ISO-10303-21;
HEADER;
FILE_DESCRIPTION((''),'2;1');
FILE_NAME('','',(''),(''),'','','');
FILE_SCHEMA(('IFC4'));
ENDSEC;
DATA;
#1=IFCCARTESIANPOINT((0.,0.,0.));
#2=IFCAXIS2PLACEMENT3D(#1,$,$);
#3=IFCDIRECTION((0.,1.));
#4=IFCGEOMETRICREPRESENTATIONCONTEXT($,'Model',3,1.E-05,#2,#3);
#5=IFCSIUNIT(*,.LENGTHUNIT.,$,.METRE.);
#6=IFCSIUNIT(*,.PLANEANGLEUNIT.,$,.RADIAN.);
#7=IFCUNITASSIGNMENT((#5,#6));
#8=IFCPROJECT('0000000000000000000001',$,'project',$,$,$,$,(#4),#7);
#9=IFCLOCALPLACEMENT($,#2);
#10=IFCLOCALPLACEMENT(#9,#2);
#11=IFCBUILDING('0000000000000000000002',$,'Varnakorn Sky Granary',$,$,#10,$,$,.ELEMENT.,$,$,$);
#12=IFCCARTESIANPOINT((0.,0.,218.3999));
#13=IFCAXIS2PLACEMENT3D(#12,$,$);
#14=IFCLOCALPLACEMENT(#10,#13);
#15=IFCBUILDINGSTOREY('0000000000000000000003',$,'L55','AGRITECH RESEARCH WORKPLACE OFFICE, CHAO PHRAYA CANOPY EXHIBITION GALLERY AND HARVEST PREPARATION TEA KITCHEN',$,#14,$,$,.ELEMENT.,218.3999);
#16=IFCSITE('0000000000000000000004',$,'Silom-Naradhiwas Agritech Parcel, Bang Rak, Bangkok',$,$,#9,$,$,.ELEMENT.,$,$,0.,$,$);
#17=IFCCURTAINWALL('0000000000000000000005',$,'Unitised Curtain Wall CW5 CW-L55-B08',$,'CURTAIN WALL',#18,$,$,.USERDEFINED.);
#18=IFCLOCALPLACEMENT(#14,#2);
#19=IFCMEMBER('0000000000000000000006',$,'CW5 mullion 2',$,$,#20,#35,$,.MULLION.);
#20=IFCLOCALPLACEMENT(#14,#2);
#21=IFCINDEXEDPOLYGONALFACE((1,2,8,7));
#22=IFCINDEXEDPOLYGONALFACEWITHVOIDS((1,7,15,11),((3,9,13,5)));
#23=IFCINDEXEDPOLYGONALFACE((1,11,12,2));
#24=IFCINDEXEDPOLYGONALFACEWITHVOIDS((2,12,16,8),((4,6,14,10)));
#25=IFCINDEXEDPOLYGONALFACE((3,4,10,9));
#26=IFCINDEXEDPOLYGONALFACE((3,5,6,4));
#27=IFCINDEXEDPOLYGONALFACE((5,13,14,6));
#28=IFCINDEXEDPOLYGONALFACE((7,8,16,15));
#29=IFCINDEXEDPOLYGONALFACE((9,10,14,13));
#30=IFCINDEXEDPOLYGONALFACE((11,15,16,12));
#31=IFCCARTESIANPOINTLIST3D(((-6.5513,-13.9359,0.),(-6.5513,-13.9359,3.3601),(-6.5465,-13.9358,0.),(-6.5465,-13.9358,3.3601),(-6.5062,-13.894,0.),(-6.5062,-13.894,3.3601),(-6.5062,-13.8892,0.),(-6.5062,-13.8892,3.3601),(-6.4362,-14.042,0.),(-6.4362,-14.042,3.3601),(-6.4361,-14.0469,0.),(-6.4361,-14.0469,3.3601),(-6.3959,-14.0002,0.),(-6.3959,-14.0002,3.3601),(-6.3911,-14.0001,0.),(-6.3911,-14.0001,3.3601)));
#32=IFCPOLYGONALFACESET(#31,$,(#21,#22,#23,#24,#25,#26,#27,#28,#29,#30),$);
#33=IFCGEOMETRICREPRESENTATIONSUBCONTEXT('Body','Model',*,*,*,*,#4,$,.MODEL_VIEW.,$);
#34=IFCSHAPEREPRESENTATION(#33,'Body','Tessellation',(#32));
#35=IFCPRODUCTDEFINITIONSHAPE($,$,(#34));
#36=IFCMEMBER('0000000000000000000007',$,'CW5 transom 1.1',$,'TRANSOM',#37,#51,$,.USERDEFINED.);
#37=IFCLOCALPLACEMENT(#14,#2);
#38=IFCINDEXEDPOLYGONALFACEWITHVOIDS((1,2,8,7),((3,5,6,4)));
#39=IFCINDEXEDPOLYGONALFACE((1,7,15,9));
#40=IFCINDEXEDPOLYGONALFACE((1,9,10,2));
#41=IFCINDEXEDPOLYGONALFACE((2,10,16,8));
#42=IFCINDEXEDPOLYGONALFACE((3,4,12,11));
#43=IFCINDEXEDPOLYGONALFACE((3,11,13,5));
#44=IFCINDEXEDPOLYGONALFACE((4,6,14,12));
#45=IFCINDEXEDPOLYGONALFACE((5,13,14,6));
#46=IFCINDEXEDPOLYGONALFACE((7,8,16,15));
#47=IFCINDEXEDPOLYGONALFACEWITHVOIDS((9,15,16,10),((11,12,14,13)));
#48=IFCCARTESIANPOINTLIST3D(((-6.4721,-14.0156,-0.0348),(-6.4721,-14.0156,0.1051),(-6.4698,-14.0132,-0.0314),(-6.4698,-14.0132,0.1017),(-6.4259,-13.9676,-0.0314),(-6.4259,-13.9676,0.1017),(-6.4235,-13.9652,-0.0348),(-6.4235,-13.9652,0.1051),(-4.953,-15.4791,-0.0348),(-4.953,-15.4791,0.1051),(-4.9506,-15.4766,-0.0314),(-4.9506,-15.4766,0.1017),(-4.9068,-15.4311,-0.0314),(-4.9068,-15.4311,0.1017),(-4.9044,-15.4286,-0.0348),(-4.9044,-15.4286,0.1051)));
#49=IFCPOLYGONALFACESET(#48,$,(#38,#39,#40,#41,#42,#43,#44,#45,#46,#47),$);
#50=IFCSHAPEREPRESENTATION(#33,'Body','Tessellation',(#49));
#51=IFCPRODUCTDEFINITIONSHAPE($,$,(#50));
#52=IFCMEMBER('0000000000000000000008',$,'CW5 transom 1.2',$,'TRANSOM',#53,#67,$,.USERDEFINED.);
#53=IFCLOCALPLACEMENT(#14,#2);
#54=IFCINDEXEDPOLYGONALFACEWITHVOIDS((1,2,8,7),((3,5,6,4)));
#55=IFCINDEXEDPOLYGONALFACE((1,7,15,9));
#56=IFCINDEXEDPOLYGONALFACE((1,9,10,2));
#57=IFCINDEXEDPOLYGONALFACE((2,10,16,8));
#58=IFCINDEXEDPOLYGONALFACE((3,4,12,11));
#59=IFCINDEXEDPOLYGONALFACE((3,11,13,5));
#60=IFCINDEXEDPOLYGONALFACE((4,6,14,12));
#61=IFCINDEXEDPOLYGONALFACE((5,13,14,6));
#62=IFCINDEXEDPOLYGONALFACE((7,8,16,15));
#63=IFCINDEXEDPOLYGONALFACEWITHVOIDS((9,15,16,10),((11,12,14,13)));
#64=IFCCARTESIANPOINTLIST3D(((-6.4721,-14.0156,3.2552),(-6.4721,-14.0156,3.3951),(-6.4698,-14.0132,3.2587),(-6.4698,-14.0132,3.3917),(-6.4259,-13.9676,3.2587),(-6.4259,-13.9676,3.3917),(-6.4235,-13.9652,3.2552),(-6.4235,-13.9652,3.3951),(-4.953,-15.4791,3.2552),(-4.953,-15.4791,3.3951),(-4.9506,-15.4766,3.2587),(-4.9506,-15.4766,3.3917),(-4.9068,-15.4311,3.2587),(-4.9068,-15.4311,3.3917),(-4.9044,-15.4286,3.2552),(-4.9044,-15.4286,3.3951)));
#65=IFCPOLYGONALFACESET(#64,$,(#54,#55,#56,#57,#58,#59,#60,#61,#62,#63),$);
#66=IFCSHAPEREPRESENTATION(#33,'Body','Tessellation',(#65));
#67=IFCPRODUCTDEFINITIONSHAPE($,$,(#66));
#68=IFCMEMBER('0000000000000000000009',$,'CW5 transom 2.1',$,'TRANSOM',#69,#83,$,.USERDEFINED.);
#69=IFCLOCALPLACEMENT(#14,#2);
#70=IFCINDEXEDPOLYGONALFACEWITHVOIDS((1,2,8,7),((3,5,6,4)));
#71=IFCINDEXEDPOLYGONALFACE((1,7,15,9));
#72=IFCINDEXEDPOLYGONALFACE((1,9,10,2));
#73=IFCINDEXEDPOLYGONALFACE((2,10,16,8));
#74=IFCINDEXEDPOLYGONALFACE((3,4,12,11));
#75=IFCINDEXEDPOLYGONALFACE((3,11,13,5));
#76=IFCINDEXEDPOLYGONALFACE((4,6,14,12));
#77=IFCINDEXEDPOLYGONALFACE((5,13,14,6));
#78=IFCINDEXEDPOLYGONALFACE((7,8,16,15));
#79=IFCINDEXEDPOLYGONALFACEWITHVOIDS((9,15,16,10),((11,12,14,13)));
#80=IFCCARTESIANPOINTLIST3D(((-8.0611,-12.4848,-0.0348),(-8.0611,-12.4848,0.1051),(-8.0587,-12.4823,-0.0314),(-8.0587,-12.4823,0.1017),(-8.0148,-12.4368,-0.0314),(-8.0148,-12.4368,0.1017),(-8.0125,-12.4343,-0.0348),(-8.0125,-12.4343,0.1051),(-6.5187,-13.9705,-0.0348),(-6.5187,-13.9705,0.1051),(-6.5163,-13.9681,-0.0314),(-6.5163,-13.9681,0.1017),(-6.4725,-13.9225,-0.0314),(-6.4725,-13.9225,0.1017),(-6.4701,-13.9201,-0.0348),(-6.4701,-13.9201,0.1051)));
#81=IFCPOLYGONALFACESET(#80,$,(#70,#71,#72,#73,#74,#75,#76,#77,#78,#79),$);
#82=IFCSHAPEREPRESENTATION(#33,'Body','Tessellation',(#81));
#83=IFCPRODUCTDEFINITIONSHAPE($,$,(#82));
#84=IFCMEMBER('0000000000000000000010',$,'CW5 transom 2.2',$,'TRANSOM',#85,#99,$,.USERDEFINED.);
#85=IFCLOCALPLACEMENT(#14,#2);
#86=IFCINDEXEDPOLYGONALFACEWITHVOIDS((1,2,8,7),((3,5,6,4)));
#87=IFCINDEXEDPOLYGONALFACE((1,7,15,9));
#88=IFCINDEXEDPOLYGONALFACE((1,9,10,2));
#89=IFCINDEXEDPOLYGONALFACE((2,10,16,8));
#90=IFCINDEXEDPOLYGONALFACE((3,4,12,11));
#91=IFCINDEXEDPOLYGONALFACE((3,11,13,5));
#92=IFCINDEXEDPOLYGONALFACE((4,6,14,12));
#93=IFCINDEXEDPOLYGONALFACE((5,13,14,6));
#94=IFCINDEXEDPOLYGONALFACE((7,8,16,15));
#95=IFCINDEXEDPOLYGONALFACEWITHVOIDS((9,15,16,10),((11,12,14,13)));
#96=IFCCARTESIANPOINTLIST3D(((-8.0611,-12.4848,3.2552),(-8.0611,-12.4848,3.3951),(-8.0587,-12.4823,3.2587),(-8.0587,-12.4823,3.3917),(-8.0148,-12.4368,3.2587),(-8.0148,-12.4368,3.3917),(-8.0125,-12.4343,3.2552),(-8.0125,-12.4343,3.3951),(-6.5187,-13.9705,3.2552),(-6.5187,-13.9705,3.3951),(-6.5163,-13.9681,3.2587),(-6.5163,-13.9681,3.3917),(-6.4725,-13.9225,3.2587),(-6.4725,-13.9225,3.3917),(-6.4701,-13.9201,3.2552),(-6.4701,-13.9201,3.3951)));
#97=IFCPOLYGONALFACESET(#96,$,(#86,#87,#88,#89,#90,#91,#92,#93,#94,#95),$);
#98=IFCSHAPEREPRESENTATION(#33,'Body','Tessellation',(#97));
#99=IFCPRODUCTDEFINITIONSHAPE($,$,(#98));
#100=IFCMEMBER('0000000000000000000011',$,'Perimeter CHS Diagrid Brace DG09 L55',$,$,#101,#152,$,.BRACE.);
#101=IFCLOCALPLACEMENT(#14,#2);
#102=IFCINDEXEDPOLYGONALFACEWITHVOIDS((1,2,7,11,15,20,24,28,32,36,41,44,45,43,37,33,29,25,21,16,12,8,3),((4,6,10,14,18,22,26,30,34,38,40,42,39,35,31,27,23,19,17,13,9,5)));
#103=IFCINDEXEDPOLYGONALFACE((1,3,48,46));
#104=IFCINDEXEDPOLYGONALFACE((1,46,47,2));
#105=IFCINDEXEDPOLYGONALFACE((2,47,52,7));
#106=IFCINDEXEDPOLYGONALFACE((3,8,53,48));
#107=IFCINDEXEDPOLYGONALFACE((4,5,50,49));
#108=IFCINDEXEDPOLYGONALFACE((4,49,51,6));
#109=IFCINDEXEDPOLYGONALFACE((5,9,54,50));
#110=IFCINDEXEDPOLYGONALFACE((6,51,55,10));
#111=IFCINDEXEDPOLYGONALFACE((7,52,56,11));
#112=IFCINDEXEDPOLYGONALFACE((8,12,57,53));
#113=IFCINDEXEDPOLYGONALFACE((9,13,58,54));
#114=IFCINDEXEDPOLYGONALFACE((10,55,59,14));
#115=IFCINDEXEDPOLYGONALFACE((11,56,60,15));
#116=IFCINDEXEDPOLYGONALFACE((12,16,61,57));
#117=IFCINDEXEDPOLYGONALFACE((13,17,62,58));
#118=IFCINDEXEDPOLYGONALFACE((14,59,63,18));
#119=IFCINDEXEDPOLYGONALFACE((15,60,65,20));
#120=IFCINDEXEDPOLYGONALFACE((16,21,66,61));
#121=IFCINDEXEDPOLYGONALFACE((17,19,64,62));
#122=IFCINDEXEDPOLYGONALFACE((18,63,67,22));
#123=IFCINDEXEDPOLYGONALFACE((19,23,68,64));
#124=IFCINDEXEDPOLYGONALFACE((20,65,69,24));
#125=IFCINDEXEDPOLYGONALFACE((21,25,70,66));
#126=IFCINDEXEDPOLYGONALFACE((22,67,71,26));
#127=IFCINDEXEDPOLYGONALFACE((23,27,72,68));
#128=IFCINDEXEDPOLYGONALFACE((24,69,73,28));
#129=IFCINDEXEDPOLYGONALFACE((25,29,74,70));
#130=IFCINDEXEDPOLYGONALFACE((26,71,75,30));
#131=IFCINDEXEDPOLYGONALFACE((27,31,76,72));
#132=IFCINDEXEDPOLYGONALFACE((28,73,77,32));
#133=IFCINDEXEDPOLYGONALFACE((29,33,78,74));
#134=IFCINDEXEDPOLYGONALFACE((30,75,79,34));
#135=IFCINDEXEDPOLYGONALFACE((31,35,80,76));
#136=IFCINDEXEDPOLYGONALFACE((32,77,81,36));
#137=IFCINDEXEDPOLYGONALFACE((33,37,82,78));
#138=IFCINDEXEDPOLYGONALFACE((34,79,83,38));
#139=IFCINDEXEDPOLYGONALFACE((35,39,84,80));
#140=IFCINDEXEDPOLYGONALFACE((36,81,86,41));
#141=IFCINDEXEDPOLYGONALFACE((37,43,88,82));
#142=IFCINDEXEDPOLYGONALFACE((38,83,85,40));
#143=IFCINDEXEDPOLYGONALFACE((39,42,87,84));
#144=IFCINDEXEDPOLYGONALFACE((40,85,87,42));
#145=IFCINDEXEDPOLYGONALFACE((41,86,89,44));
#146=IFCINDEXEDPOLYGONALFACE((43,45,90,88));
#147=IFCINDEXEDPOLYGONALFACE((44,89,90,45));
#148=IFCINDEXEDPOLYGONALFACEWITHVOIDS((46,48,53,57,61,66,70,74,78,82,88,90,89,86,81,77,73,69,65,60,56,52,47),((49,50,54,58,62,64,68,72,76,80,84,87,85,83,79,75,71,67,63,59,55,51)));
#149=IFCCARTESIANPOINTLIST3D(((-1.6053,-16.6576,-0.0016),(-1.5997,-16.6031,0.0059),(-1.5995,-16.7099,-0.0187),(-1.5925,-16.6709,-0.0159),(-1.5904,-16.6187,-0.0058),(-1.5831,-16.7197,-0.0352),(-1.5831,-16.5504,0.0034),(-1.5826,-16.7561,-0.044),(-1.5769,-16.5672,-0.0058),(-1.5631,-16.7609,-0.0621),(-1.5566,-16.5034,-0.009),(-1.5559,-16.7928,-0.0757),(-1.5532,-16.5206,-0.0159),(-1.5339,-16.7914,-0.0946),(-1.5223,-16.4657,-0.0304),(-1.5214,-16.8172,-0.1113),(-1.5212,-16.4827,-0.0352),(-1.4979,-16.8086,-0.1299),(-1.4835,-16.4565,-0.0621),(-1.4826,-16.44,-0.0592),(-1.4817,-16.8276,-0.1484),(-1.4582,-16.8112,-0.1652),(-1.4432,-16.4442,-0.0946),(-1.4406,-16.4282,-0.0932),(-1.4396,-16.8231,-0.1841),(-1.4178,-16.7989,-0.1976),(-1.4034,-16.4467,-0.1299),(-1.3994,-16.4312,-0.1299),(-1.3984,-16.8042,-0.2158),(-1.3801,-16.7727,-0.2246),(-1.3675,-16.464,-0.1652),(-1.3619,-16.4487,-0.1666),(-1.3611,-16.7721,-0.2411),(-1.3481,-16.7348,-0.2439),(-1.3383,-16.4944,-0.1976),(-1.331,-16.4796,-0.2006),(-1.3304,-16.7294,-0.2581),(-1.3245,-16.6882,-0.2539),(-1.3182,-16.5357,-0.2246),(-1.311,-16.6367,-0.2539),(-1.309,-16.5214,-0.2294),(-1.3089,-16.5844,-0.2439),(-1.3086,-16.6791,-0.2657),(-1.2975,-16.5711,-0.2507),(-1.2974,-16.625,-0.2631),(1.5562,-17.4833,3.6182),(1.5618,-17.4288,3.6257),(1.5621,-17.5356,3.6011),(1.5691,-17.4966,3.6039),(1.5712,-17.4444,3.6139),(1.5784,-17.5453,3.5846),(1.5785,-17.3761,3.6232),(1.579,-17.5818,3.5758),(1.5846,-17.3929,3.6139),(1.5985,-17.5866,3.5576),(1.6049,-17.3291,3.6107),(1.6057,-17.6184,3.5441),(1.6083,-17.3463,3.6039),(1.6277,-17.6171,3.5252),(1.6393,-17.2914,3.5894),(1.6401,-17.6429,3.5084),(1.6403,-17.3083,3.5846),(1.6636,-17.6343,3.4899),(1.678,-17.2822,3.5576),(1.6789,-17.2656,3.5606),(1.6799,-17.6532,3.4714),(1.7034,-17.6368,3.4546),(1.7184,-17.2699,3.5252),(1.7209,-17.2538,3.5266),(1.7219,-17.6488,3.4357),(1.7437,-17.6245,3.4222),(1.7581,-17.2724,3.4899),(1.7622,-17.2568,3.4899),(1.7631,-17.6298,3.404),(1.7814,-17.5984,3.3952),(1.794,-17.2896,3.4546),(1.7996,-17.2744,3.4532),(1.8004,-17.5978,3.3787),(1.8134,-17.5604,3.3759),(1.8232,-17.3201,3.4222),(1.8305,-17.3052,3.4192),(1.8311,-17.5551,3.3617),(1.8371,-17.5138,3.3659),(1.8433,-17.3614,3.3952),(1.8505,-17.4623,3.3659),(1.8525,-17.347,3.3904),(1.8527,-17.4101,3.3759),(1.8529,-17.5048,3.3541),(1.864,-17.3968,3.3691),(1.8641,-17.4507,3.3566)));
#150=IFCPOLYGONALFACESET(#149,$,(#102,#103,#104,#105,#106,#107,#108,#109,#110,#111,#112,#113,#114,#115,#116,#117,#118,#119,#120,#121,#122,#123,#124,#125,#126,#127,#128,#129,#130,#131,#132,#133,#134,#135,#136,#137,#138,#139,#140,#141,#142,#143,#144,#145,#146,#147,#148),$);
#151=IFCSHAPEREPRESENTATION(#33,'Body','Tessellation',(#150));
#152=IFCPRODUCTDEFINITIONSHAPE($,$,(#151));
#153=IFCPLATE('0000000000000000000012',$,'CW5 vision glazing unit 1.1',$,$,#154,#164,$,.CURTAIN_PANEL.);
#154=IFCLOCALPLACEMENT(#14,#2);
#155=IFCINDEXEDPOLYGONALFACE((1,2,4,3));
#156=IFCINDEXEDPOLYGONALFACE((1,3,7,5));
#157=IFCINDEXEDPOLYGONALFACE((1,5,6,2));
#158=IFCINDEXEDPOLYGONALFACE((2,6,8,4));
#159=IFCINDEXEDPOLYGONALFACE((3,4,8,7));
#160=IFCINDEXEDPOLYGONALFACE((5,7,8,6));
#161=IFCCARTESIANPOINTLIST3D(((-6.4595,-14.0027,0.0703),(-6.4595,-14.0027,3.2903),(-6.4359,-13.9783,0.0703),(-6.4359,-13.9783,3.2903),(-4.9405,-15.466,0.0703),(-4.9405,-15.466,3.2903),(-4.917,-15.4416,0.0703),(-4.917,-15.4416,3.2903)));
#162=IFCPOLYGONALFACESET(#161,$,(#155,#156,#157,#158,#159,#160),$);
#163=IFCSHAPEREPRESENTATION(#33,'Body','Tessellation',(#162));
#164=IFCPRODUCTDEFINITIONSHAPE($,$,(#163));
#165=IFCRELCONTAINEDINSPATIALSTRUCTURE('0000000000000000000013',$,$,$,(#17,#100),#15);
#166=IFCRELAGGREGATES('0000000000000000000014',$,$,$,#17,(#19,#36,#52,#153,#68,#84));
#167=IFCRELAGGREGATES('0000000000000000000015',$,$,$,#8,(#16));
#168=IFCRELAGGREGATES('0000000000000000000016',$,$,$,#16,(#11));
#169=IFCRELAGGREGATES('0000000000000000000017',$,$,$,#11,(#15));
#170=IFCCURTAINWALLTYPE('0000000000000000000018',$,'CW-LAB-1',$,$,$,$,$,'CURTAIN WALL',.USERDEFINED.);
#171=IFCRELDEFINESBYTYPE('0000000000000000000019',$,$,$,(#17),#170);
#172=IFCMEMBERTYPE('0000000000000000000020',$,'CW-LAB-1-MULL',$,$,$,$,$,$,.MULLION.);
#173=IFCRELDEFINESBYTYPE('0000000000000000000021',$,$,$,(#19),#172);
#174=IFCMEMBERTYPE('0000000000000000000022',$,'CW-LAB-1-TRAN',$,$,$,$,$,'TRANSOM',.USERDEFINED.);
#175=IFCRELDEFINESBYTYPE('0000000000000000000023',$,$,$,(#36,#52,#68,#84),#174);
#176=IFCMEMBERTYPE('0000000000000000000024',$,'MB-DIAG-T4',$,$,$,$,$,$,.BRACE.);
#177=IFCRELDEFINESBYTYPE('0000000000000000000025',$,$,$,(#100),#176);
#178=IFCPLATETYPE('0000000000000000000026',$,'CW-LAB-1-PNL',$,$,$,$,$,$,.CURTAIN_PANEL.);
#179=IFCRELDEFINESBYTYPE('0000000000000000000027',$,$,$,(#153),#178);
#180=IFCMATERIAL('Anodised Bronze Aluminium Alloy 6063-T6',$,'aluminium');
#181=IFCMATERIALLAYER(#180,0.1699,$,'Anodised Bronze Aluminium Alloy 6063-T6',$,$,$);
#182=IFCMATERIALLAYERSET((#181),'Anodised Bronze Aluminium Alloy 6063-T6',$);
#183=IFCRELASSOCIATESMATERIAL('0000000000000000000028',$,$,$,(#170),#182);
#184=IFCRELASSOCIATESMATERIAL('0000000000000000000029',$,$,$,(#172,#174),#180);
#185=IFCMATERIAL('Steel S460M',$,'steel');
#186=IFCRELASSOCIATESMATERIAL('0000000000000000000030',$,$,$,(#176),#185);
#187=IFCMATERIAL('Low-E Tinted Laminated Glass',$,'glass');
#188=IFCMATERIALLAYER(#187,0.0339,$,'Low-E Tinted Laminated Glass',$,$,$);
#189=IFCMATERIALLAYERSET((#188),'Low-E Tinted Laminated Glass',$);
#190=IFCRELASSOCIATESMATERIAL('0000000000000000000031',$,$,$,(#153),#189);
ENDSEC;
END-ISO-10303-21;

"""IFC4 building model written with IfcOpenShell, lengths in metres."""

from ifc_helpers import new_model, si_unit, direction, frame, origin, origin_2d, place, context, subcontext, project, spatial, rectangle, hollow_rectangle, hollow_circle, extrude, source, transform, mapped, material, layer, layer_set, material_profile, profile_set, type_object, type_shapes, element, aggregate, save


model = new_model("IFC4")

# Units and contexts
model_context = context("Model", 3, precision=1e-05, world=origin(), true_north=direction((0.0, 1.0)))
body_context = subcontext(model_context, "Body", "Model", "MODEL_VIEW")
ifc_project = project(units=[si_unit("LENGTHUNIT", "METRE"), si_unit("PLANEANGLEUNIT", "RADIAN")], contexts=[model_context])

# Site, building, storey
site_placement = place(None, origin())
site = spatial("IfcSite", under=ifc_project, at=site_placement, Name="Silom-Naradhiwas Agritech Parcel, Bang Rak, Bangkok", CompositionType="ELEMENT", RefElevation=0.0)
building_placement = place(site_placement, origin())
building = spatial("IfcBuilding", under=site, at=building_placement, Name="Varnakorn Sky Granary", CompositionType="ELEMENT")
storey_placement = place(building_placement, frame((0.0, 0.0, 218.3999)))
storey = spatial("IfcBuildingStorey", under=building, at=storey_placement, Name="L55", Description="AGRITECH RESEARCH WORKPLACE OFFICE, CHAO PHRAYA CANOPY EXHIBITION GALLERY AND HARVEST PREPARATION TEA KITCHEN", CompositionType="ELEMENT", Elevation=218.3999)

# Shared definitions
ifc_material_1 = material(Name="Steel S460M", Category="steel")

# Curtain wall, members
ifc_material_2 = material(Name="Anodised Bronze Aluminium Alloy 6063-T6", Category="aluminium")
ifc_layer_1 = layer(ifc_material_2, 0.1699, Name="Anodised Bronze Aluminium Alloy 6063-T6")
ifc_layer_set_1 = layer_set([ifc_layer_1], Name="Anodised Bronze Aluminium Alloy 6063-T6")
curtain_wall_type = type_object("IfcCurtainWallType", Name="CW-LAB-1", ElementType="CURTAIN WALL", PredefinedType="USERDEFINED", material=ifc_layer_set_1)
curtain_wall_placement = place(storey_placement, origin())
curtain_wall = element("IfcCurtainWall", 1, at=curtain_wall_placement, inside=storey, type_object=curtain_wall_type, Name="Unitised Curtain Wall CW5 CW-L55-B08", ObjectType="CURTAIN WALL", PredefinedType="USERDEFINED")
ifc_material_profile_1 = material_profile(ifc_material_2, hollow_rectangle(XDim=0.0649, YDim=0.1599, WallThickness=0.0034, at=origin_2d()), Name="ALU MULL 65x160")
ifc_profile_set_1 = profile_set([ifc_material_profile_1], Name="Anodised Bronze Aluminium Alloy 6063-T6")
member_type_1 = type_object("IfcMemberType", Name="CW-LAB-1-MULL", PredefinedType="MULLION", material=ifc_profile_set_1)
member_1_placement = place(storey_placement, frame((-6.4712, -13.968, 0.0), z_axis=(0.0, 0.0, 1.0), x_axis=(-0.693785, -0.720182, 0.0)))
member_1 = element("IfcMember", 2, at=member_1_placement, type_object=member_type_1, Name="CW5 mullion 2", PredefinedType="MULLION", context=body_context, shape_type="SweptSolid", body=[
    extrude(hollow_rectangle(XDim=0.0649, YDim=0.1599, WallThickness=0.0034, at=origin_2d()), origin(), (0.0, 0.0, 1.0), 3.3601),
])
ifc_material_profile_2 = material_profile(ifc_material_2, hollow_rectangle(XDim=0.0701, YDim=0.1399, WallThickness=0.0034, at=origin_2d()), Name="ALU TRAN 70x140")
ifc_profile_set_2 = profile_set([ifc_material_profile_2], Name="Anodised Bronze Aluminium Alloy 6063-T6")
member_type_2 = type_object("IfcMemberType", Name="CW-LAB-1-TRAN", ElementType="TRANSOM", PredefinedType="USERDEFINED", material=ifc_profile_set_2)
member_2_placement = place(storey_placement, frame((-4.9287, -15.4539, 0.0352), z_axis=(-0.720179, 0.693788, 0.0), x_axis=(-0.693788, -0.720179, 0.0)))
member_2 = element("IfcMember", 3, at=member_2_placement, type_object=member_type_2, Name="CW5 transom 1.1", ObjectType="TRANSOM", PredefinedType="USERDEFINED", context=body_context, shape_type="SweptSolid", body=[
    extrude(hollow_rectangle(XDim=0.0701, YDim=0.1399, WallThickness=0.0034, at=origin_2d()), origin(), (0.0, 0.0, 1.0), 2.1094),
])
member_3_placement = place(storey_placement, frame((-4.9287, -15.4539, 3.3252), z_axis=(-0.720179, 0.693788, 0.0), x_axis=(-0.693788, -0.720179, 0.0)))
member_3 = element("IfcMember", 4, at=member_3_placement, type_object=member_type_2, Name="CW5 transom 1.2", ObjectType="TRANSOM", PredefinedType="USERDEFINED", context=body_context, shape_type="SweptSolid", body=[
    extrude(hollow_rectangle(XDim=0.0701, YDim=0.1399, WallThickness=0.0034, at=origin_2d()), origin(), (0.0, 0.0, 1.0), 2.1094),
])
member_4_placement = place(storey_placement, frame((-6.4944, -13.9453, 0.0352), z_axis=(-0.720206, 0.69376, 0.0), x_axis=(-0.69376, -0.720206, 0.0)))
member_4 = element("IfcMember", 5, at=member_4_placement, type_object=member_type_2, Name="CW5 transom 2.1", ObjectType="TRANSOM", PredefinedType="USERDEFINED", context=body_context, shape_type="SweptSolid", body=[
    extrude(hollow_rectangle(XDim=0.0701, YDim=0.1399, WallThickness=0.0034, at=origin_2d()), origin(), (0.0, 0.0, 1.0), 2.1416),
])
member_5_placement = place(storey_placement, frame((-6.4944, -13.9453, 3.3252), z_axis=(-0.720206, 0.69376, 0.0), x_axis=(-0.69376, -0.720206, 0.0)))
member_5 = element("IfcMember", 6, at=member_5_placement, type_object=member_type_2, Name="CW5 transom 2.2", ObjectType="TRANSOM", PredefinedType="USERDEFINED", context=body_context, shape_type="SweptSolid", body=[
    extrude(hollow_rectangle(XDim=0.0701, YDim=0.1399, WallThickness=0.0034, at=origin_2d()), origin(), (0.0, 0.0, 1.0), 2.1416),
])

# Member
ifc_material_profile_3 = material_profile(ifc_material_1, hollow_circle(Radius=0.2031, WallThickness=0.0161, at=origin_2d()), Name="CHS 406.4x16")
ifc_profile_set_3 = profile_set([ifc_material_profile_3], Name="Steel S460M")
member_type_3 = type_object("IfcMemberType", Name="MB-DIAG-T4", PredefinedType="BRACE", material=ifc_profile_set_3)
member_6_placement = place(storey_placement, frame((-1.4507, -16.6277, -0.1299), z_axis=(0.648327, -0.169316, 0.742297), x_axis=(0.252683, 0.967549, 0.0)))
element("IfcMember", 7, at=member_6_placement, inside=storey, type_object=member_type_3, Name="Perimeter CHS Diagrid Brace DG09 L55", PredefinedType="BRACE", context=body_context, shape_type="SweptSolid", body=[
    extrude(hollow_circle(Radius=0.2031, WallThickness=0.0161, at=origin_2d()), origin(), (0.0, 0.0, 1.0), 4.8765),
])

# Plate
ifc_material_3 = material(Name="Low-E Tinted Laminated Glass", Category="glass")
ifc_layer_2 = layer(ifc_material_3, 0.0339, Name="Low-E Tinted Laminated Glass")
ifc_layer_set_2 = layer_set([ifc_layer_2], Name="Low-E Tinted Laminated Glass")
plate_type = type_object("IfcPlateType", Name="CW-LAB-1-PNL", PredefinedType="CURTAIN_PANEL")
shared_shape_1 = source(origin(), body_context, "Body", "SweptSolid", [
    extrude(rectangle(XDim=2.1091, YDim=0.0339, at=origin_2d()), origin(), (0.0, 0.0, 1.0), 3.22),
])
type_shapes(plate_type, [shared_shape_1])
plate_placement = place(storey_placement, frame((-5.6882, -14.7222, 0.0703), z_axis=(0.0, 0.0, 1.0), x_axis=(-0.720182, 0.693785, 0.0)))
plate = element("IfcPlate", 8, at=plate_placement, type_object=plate_type, material=ifc_layer_set_2, Name="CW5 vision glazing unit 1.1", PredefinedType="CURTAIN_PANEL", context=body_context, shape_type="MappedRepresentation", body=[
    mapped(shared_shape_1, transform((0.0, 0.0, 0.0), x_axis=(1.0, 0.0, 0.0), y_axis=(0.0, 1.0, 0.0), z_axis=(0.0, 0.0, 1.0), scale=1.0)),
])
aggregate(curtain_wall, [member_1, member_2, member_3, plate, member_4, member_5])

save(model, "model.ifc")
